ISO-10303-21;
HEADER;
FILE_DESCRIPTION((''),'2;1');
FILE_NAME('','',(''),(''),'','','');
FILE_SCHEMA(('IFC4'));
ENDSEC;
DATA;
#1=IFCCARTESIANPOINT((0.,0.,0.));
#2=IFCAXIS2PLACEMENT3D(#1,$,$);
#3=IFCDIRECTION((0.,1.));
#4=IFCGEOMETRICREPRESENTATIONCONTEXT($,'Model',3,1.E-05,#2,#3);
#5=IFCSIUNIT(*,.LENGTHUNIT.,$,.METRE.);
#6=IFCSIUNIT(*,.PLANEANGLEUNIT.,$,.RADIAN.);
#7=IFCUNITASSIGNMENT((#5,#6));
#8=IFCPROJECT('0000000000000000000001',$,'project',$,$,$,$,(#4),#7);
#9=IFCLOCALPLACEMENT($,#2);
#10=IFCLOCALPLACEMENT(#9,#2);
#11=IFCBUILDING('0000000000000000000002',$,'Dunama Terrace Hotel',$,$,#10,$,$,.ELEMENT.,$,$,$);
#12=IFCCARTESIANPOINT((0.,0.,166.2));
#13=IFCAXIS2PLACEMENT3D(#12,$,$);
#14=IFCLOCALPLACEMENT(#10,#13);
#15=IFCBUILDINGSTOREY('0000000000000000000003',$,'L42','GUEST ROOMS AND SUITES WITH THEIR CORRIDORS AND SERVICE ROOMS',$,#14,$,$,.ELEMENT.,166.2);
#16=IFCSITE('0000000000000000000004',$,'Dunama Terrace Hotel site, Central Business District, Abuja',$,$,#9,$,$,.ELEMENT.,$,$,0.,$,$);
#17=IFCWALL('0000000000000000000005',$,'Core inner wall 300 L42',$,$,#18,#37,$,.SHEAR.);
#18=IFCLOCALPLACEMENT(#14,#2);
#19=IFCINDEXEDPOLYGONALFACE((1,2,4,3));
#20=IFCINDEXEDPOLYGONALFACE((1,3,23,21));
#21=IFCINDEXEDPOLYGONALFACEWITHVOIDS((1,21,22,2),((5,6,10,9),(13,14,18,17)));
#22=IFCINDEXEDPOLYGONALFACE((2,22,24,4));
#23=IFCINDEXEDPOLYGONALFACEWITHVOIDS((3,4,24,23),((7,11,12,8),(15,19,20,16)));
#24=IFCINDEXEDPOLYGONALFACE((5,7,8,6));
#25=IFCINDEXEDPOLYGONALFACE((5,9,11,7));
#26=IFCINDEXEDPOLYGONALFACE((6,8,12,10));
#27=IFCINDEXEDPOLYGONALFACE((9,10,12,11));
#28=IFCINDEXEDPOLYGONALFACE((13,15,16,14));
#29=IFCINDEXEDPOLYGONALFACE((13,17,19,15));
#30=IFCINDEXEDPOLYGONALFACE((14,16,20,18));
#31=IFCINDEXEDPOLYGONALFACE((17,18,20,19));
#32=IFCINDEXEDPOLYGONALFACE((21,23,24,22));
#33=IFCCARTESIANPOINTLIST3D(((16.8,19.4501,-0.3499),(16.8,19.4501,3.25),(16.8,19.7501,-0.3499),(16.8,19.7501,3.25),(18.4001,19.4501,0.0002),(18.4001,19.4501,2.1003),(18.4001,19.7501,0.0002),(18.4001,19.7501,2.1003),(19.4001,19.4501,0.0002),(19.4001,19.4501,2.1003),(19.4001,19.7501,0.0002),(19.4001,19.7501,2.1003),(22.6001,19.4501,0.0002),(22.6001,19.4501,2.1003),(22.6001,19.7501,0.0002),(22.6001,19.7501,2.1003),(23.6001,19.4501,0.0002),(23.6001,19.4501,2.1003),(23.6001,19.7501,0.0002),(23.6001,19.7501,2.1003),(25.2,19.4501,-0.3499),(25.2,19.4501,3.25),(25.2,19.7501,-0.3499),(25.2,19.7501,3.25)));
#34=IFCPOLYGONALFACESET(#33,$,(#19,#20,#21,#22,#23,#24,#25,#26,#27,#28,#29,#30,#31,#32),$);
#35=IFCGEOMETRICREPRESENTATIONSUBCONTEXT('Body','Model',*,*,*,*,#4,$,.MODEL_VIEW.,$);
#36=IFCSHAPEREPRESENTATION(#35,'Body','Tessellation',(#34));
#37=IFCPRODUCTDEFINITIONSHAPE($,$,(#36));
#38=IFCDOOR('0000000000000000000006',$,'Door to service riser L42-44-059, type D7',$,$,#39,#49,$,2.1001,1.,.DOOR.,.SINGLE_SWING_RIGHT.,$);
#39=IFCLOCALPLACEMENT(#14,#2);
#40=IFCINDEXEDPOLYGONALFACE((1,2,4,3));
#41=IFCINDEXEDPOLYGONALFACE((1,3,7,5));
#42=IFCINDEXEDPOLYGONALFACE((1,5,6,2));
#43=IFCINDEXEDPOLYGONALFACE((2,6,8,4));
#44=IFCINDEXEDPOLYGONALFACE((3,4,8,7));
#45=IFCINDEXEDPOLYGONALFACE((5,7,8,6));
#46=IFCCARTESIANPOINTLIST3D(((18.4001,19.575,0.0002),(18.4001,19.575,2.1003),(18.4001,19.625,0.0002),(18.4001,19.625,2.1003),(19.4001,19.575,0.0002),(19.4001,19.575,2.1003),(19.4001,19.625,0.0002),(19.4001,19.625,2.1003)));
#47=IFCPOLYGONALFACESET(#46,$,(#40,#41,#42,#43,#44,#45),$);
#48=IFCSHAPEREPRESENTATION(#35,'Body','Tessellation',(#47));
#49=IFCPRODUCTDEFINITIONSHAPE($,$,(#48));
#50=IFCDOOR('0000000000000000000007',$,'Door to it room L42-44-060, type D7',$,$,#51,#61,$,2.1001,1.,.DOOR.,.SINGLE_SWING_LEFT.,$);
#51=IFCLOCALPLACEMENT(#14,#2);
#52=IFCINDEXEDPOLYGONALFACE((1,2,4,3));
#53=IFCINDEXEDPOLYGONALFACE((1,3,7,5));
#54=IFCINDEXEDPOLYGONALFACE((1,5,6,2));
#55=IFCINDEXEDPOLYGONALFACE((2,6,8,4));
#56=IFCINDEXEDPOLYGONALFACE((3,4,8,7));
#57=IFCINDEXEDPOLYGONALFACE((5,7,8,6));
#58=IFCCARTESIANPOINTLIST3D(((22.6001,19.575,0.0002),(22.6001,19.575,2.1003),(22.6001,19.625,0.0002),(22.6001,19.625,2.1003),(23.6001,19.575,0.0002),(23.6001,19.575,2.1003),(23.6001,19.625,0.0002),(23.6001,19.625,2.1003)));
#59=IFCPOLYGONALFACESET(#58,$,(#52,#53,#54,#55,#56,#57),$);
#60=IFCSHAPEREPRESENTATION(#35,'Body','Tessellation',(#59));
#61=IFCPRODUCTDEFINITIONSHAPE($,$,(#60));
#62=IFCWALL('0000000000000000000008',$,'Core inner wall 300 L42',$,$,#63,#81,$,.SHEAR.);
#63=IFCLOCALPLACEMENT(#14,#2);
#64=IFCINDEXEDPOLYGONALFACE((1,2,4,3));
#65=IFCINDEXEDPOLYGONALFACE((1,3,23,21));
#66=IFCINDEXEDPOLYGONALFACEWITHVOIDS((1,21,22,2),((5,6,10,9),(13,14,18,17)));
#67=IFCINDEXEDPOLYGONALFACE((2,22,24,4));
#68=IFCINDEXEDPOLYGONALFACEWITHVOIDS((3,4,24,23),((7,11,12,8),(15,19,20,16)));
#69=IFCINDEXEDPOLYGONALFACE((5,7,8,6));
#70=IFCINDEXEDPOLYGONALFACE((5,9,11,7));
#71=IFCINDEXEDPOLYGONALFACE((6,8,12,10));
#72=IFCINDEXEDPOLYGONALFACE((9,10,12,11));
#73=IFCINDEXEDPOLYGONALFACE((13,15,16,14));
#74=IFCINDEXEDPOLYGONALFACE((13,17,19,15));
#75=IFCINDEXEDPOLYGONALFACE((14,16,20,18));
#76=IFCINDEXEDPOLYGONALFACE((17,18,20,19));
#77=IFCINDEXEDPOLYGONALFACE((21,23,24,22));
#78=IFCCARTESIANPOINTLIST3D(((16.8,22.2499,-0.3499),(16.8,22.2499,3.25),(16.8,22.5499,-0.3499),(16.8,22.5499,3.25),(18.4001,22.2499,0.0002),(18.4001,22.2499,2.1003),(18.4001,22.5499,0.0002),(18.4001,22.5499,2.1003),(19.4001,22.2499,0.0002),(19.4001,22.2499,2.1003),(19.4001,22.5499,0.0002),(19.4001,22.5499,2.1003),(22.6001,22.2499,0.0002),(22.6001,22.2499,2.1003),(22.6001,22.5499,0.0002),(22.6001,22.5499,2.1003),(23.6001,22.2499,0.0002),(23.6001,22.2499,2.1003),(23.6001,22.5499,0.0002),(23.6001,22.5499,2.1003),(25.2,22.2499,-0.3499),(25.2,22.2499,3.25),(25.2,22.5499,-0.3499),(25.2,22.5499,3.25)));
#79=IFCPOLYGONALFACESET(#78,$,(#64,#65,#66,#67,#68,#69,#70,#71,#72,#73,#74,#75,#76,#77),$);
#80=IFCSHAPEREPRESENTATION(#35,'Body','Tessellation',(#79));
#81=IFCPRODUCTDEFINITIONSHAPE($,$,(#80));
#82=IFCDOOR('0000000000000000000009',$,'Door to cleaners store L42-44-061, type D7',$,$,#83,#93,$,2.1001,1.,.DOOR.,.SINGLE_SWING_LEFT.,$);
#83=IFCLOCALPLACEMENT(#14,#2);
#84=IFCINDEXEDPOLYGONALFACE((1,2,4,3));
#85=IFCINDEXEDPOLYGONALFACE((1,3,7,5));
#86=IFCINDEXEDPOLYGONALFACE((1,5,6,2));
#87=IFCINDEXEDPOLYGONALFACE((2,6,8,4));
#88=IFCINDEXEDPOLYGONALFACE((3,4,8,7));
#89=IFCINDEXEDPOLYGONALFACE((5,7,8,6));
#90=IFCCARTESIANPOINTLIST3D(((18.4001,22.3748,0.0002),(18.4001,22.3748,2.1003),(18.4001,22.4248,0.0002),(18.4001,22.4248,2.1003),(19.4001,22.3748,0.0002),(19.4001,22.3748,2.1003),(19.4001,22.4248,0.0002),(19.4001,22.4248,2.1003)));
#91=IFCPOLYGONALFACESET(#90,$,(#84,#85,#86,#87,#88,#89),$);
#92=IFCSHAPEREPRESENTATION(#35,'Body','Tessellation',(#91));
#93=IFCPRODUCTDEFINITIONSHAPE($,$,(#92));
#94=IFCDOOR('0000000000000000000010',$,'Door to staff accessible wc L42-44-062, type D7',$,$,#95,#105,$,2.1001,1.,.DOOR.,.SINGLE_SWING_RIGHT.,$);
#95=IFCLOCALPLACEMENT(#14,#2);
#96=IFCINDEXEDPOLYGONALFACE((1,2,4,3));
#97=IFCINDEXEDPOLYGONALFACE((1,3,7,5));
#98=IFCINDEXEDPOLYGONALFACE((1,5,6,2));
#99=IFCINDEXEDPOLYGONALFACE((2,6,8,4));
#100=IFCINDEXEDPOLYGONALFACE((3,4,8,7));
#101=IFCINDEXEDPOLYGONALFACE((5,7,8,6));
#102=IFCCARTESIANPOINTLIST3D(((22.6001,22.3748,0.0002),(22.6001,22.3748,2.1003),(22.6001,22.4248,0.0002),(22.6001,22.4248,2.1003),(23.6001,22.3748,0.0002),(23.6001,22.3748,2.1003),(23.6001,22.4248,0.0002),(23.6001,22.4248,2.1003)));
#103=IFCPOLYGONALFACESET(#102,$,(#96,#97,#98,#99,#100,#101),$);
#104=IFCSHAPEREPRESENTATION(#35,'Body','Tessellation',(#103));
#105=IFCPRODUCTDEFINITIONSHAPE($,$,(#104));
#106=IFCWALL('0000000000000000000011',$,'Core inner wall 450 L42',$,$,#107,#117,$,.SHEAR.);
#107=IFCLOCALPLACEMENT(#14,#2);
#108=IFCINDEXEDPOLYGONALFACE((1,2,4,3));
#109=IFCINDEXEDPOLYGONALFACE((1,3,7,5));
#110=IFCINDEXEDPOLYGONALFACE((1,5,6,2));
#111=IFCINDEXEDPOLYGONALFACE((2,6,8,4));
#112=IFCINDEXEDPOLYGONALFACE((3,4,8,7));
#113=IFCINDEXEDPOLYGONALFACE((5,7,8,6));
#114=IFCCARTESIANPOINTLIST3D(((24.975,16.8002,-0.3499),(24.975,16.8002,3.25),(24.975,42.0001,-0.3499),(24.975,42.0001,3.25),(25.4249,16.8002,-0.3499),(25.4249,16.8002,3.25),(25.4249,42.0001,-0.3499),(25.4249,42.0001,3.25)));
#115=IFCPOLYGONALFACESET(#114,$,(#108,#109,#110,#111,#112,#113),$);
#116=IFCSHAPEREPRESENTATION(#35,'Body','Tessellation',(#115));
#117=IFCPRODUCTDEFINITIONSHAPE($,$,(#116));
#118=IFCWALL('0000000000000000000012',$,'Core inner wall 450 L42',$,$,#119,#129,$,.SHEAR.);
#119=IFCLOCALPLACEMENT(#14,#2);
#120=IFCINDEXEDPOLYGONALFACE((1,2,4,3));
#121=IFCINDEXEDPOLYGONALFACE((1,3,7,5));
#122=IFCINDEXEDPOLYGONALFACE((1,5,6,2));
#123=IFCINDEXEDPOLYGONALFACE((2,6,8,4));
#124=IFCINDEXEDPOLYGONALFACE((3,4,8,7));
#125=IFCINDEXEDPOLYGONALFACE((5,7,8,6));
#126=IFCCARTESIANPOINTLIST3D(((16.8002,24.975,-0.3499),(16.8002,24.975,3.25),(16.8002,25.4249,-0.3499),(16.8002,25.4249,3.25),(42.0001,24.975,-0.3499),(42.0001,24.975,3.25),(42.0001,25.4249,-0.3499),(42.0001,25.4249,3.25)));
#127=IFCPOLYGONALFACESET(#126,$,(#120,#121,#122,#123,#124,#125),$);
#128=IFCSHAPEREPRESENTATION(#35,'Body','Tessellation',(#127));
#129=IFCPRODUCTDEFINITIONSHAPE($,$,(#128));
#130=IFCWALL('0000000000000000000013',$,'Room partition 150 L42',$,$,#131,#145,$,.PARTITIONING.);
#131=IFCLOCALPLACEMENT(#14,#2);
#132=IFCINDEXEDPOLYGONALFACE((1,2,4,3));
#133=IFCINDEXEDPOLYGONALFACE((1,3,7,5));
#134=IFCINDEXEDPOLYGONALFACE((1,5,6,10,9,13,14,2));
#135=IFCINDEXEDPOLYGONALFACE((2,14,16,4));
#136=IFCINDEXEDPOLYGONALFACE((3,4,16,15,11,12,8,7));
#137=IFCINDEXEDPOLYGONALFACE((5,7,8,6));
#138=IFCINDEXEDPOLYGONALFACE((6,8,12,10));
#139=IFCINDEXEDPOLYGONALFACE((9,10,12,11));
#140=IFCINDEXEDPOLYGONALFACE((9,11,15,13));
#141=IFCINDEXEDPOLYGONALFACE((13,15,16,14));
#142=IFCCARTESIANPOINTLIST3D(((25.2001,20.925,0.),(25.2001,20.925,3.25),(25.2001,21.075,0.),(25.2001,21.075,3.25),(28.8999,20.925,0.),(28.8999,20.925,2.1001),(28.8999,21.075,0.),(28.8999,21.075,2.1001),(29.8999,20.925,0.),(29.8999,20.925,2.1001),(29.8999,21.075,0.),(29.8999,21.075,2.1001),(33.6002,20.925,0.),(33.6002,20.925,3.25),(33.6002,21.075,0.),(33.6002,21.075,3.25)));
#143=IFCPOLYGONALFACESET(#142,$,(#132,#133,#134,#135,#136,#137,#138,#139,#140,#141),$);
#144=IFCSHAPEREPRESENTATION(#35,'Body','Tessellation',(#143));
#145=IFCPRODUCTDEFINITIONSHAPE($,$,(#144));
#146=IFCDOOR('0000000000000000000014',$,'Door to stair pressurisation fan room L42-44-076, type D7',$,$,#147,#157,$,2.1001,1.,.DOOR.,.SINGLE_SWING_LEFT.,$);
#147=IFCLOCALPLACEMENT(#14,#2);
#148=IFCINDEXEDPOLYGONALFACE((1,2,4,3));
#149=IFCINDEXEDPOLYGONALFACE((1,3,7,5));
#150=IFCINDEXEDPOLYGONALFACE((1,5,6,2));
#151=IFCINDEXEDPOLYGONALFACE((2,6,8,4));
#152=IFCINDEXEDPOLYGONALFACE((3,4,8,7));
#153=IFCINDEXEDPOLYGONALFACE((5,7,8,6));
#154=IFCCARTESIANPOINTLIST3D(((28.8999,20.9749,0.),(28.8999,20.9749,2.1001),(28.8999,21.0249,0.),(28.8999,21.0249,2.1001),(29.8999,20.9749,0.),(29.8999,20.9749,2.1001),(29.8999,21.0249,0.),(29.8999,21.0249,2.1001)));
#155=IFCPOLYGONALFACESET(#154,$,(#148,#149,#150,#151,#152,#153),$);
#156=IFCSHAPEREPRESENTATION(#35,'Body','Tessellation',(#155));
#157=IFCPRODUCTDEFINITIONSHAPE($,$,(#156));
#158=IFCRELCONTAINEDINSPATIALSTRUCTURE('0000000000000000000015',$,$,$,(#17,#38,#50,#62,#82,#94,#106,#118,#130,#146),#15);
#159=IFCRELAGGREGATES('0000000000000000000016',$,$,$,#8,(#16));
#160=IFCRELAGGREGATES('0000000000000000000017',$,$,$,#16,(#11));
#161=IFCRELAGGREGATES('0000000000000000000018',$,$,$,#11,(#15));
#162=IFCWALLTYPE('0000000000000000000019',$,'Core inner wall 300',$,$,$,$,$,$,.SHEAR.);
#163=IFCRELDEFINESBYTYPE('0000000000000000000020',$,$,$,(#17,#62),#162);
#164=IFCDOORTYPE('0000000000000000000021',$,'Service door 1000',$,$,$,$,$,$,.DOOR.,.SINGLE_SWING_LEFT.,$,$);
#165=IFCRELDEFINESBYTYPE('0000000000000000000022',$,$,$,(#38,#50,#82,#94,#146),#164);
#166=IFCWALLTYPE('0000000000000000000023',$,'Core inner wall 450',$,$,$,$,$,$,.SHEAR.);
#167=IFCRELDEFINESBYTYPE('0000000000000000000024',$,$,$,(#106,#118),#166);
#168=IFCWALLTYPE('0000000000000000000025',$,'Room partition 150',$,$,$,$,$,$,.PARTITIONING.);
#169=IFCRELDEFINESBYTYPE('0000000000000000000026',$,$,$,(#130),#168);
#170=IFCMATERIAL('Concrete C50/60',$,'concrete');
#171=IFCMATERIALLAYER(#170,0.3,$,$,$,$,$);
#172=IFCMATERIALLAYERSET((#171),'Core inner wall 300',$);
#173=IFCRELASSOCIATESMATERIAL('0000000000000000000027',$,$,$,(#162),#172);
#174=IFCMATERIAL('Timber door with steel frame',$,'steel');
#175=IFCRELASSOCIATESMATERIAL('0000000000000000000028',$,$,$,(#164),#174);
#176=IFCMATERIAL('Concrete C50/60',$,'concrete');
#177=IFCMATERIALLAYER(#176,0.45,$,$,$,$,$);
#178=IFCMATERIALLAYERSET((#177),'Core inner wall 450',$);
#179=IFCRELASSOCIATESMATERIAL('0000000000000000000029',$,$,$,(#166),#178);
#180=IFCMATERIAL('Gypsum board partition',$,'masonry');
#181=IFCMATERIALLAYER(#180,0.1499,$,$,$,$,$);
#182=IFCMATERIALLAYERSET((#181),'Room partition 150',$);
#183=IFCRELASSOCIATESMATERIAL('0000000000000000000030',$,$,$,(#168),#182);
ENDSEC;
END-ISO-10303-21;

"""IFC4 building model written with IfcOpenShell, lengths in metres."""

from ifc_helpers import new_model, si_unit, direction, frame, frame_2d, origin, place, context, subcontext, project, spatial, rectangle, extrude, material, layer, layer_set, type_object, element, fill, save


model = new_model("IFC4")

# Units and contexts
model_context = context("Model", 3, precision=1e-05, world=origin(), true_north=direction((0.0, 1.0)))
body_context = subcontext(model_context, "Body", "Model", "MODEL_VIEW")
ifc_project = project(units=[si_unit("LENGTHUNIT", "METRE"), si_unit("PLANEANGLEUNIT", "RADIAN")], contexts=[model_context])

# Site, building, storey
site_placement = place(None, origin())
site = spatial("IfcSite", under=ifc_project, at=site_placement, Name="Dunama Terrace Hotel site, Central Business District, Abuja", CompositionType="ELEMENT", RefElevation=0.0)
building_placement = place(site_placement, origin())
building = spatial("IfcBuilding", under=site, at=building_placement, Name="Dunama Terrace Hotel", CompositionType="ELEMENT")
storey_placement = place(building_placement, frame((0.0, 0.0, 166.2)))
storey = spatial("IfcBuildingStorey", under=building, at=storey_placement, Name="L42", Description="GUEST ROOMS AND SUITES WITH THEIR CORRIDORS AND SERVICE ROOMS", CompositionType="ELEMENT", Elevation=166.2)

# Shared definitions
ifc_material_1 = material(Name="Concrete C50/60", Category="concrete")
ifc_layer_1 = layer(ifc_material_1, 0.3)
ifc_layer_set_1 = layer_set([ifc_layer_1], Name="Core inner wall 300")
wall_type_1 = type_object("IfcWallType", Name="Core inner wall 300", PredefinedType="SHEAR", material=ifc_layer_set_1)

# Walls, openings, doors
wall_1_placement = place(storey_placement, frame((16.8, 19.6001, -0.3499), z_axis=(0.0, 0.0, 1.0), x_axis=(1.0, 0.0, 0.0)))
wall_1 = element("IfcWall", 1, at=wall_1_placement, inside=storey, type_object=wall_type_1, Name="Core inner wall 300 L42", PredefinedType="SHEAR", context=body_context, shape_type="SweptSolid", body=[
    extrude(rectangle(XDim=8.3999, YDim=0.3, at=frame_2d((4.2, 0.0))), origin(), (0.0, 0.0, 1.0), 3.5999),
])
opening_1_placement = place(wall_1_placement, frame((1.6001, 0.0, 0.3501)))
opening_1 = element("IfcOpeningElement", 2, at=opening_1_placement, cuts=wall_1, PredefinedType="OPENING", context=body_context, shape_type="SweptSolid", body=[
    extrude(rectangle(XDim=1.0, YDim=2.1001, at=frame_2d((0.5, 1.05))), frame((0.0, 0.1599, 0.0), z_axis=(0.0, -1.0, 0.0), x_axis=(1.0, 0.0, 0.0)), (0.0, 0.0, 1.0), 0.3201),
])
opening_2_placement = place(wall_1_placement, frame((5.8, 0.0, 0.3501)))
opening_2 = element("IfcOpeningElement", 3, at=opening_2_placement, cuts=wall_1, PredefinedType="OPENING", context=body_context, shape_type="SweptSolid", body=[
    extrude(rectangle(XDim=1.0, YDim=2.1001, at=frame_2d((0.5, 1.05))), frame((0.0, 0.1599, 0.0), z_axis=(0.0, -1.0, 0.0), x_axis=(1.0, 0.0, 0.0)), (0.0, 0.0, 1.0), 0.3201),
])
ifc_material_2 = material(Name="Timber door with steel frame", Category="steel")
door_type_1 = type_object("IfcDoorType", Name="Service door 1000", OperationType="SINGLE_SWING_LEFT", PredefinedType="DOOR", material=ifc_material_2)
door_1_placement = place(opening_1_placement, frame((1.0, 0.0, 0.0), z_axis=(0.0, 0.0, 1.0), x_axis=(-1.0, 0.0, 0.0)))
door_1 = element("IfcDoor", 4, at=door_1_placement, inside=storey, type_object=door_type_1, Name="Door to service riser L42-44-059, type D7", OperationType="SINGLE_SWING_RIGHT", OverallHeight=2.1001, OverallWidth=1.0, PredefinedType="DOOR", context=body_context, shape_type="SweptSolid", body=[
    extrude(rectangle(XDim=1.0, YDim=2.1001, at=frame_2d((0.5, 1.05))), frame((0.0, 0.0251, 0.0), z_axis=(0.0, -1.0, 0.0), x_axis=(1.0, 0.0, 0.0)), (0.0, 0.0, 1.0), 0.05),
])
fill(opening_1, door_1)
door_2_placement = place(opening_2_placement, frame((1.0, 0.0, 0.0), z_axis=(0.0, 0.0, 1.0), x_axis=(-1.0, 0.0, 0.0)))
door_2 = element("IfcDoor", 5, at=door_2_placement, inside=storey, type_object=door_type_1, Name="Door to it room L42-44-060, type D7", OperationType="SINGLE_SWING_LEFT", OverallHeight=2.1001, OverallWidth=1.0, PredefinedType="DOOR", context=body_context, shape_type="SweptSolid", body=[
    extrude(rectangle(XDim=1.0, YDim=2.1001, at=frame_2d((0.5, 1.05))), frame((0.0, 0.0251, 0.0), z_axis=(0.0, -1.0, 0.0), x_axis=(1.0, 0.0, 0.0)), (0.0, 0.0, 1.0), 0.05),
])
fill(opening_2, door_2)
wall_2_placement = place(storey_placement, frame((16.8, 22.3999, -0.3499), z_axis=(0.0, 0.0, 1.0), x_axis=(1.0, 0.0, 0.0)))
wall_2 = element("IfcWall", 6, at=wall_2_placement, inside=storey, type_object=wall_type_1, Name="Core inner wall 300 L42", PredefinedType="SHEAR", context=body_context, shape_type="SweptSolid", body=[
    extrude(rectangle(XDim=8.3999, YDim=0.3, at=frame_2d((4.2, 0.0))), origin(), (0.0, 0.0, 1.0), 3.5999),
])
opening_3_placement = place(wall_2_placement, frame((1.6001, 0.0, 0.3501)))
opening_3 = element("IfcOpeningElement", 7, at=opening_3_placement, cuts=wall_2, PredefinedType="OPENING", context=body_context, shape_type="SweptSolid", body=[
    extrude(rectangle(XDim=1.0, YDim=2.1001, at=frame_2d((0.5, 1.05))), frame((0.0, 0.1599, 0.0), z_axis=(0.0, -1.0, 0.0), x_axis=(1.0, 0.0, 0.0)), (0.0, 0.0, 1.0), 0.3201),
])
opening_4_placement = place(wall_2_placement, frame((5.8, 0.0, 0.3501)))
opening_4 = element("IfcOpeningElement", 8, at=opening_4_placement, cuts=wall_2, PredefinedType="OPENING", context=body_context, shape_type="SweptSolid", body=[
    extrude(rectangle(XDim=1.0, YDim=2.1001, at=frame_2d((0.5, 1.05))), frame((0.0, 0.1599, 0.0), z_axis=(0.0, -1.0, 0.0), x_axis=(1.0, 0.0, 0.0)), (0.0, 0.0, 1.0), 0.3201),
])
door_3_placement = place(opening_3_placement, origin())
door_3 = element("IfcDoor", 9, at=door_3_placement, inside=storey, type_object=door_type_1, Name="Door to cleaners store L42-44-061, type D7", OperationType="SINGLE_SWING_LEFT", OverallHeight=2.1001, OverallWidth=1.0, PredefinedType="DOOR", context=body_context, shape_type="SweptSolid", body=[
    extrude(rectangle(XDim=1.0, YDim=2.1001, at=frame_2d((0.5, 1.05))), frame((0.0, 0.0249, 0.0), z_axis=(0.0, -1.0, 0.0), x_axis=(1.0, 0.0, 0.0)), (0.0, 0.0, 1.0), 0.05),
])
fill(opening_3, door_3)
door_4_placement = place(opening_4_placement, origin())
door_4 = element("IfcDoor", 10, at=door_4_placement, inside=storey, type_object=door_type_1, Name="Door to staff accessible wc L42-44-062, type D7", OperationType="SINGLE_SWING_RIGHT", OverallHeight=2.1001, OverallWidth=1.0, PredefinedType="DOOR", context=body_context, shape_type="SweptSolid", body=[
    extrude(rectangle(XDim=1.0, YDim=2.1001, at=frame_2d((0.5, 1.05))), frame((0.0, 0.0249, 0.0), z_axis=(0.0, -1.0, 0.0), x_axis=(1.0, 0.0, 0.0)), (0.0, 0.0, 1.0), 0.05),
])
fill(opening_4, door_4)

# Walls
ifc_material_3 = material(Name="Concrete C50/60", Category="concrete")
ifc_layer_2 = layer(ifc_material_3, 0.45)
ifc_layer_set_2 = layer_set([ifc_layer_2], Name="Core inner wall 450")
wall_type_2 = type_object("IfcWallType", Name="Core inner wall 450", PredefinedType="SHEAR", material=ifc_layer_set_2)
for number, where, z_axis, x_axis, name in (
    (11, (25.2, 16.8, -0.3499), (0.0, 0.0, 1.0), (0.0, 1.0, 0.0), "Core inner wall 450 L42"),
    (12, (16.8, 25.2, -0.3499), (0.0, 0.0, 1.0), (1.0, 0.0, 0.0), "Core inner wall 450 L42"),
):
    element("IfcWall", number, at=place(storey_placement, frame(where, z_axis=z_axis, x_axis=x_axis)), inside=storey, type_object=wall_type_2, Name=name, PredefinedType="SHEAR", context=body_context, shape_type="SweptSolid", body=[
        extrude(rectangle(XDim=25.2, YDim=0.45, at=frame_2d((12.6001, 0.0))), origin(), (0.0, 0.0, 1.0), 3.5999),
    ])

# Wall, opening, door
ifc_material_4 = material(Name="Gypsum board partition", Category="masonry")
ifc_layer_3 = layer(ifc_material_4, 0.1499)
ifc_layer_set_3 = layer_set([ifc_layer_3], Name="Room partition 150")
wall_type_3 = type_object("IfcWallType", Name="Room partition 150", PredefinedType="PARTITIONING", material=ifc_layer_set_3)
wall_3_placement = place(storey_placement, frame((25.2, 21.0, 0.0), z_axis=(0.0, 0.0, 1.0), x_axis=(1.0, 0.0, 0.0)))
wall_3 = element("IfcWall", 13, at=wall_3_placement, inside=storey, type_object=wall_type_3, Name="Room partition 150 L42", PredefinedType="PARTITIONING", context=body_context, shape_type="SweptSolid", body=[
    extrude(rectangle(XDim=8.4001, YDim=0.1499, at=frame_2d((4.2002, 0.0))), origin(), (0.0, 0.0, 1.0), 3.25),
])
opening_5_placement = place(wall_3_placement, frame((3.7, 0.0, 0.0)))
opening_5 = element("IfcOpeningElement", 14, at=opening_5_placement, cuts=wall_3, PredefinedType="OPENING", context=body_context, shape_type="SweptSolid", body=[
    extrude(rectangle(XDim=1.0, YDim=2.1001, at=frame_2d((0.5, 1.05))), frame((0.0, 0.085, 0.0), z_axis=(0.0, -1.0, 0.0), x_axis=(1.0, 0.0, 0.0)), (0.0, 0.0, 1.0), 0.1699),
])
door_5_placement = place(opening_5_placement, origin())
door_5 = element("IfcDoor", 15, at=door_5_placement, inside=storey, type_object=door_type_1, Name="Door to stair pressurisation fan room L42-44-076, type D7", OperationType="SINGLE_SWING_LEFT", OverallHeight=2.1001, OverallWidth=1.0, PredefinedType="DOOR", context=body_context, shape_type="SweptSolid", body=[
    extrude(rectangle(XDim=1.0, YDim=2.1001, at=frame_2d((0.5, 1.05))), frame((0.0, 0.0249, 0.0), z_axis=(0.0, -1.0, 0.0), x_axis=(1.0, 0.0, 0.0)), (0.0, 0.0, 1.0), 0.05),
])
fill(opening_5, door_5)

save(model, "model.ifc")
